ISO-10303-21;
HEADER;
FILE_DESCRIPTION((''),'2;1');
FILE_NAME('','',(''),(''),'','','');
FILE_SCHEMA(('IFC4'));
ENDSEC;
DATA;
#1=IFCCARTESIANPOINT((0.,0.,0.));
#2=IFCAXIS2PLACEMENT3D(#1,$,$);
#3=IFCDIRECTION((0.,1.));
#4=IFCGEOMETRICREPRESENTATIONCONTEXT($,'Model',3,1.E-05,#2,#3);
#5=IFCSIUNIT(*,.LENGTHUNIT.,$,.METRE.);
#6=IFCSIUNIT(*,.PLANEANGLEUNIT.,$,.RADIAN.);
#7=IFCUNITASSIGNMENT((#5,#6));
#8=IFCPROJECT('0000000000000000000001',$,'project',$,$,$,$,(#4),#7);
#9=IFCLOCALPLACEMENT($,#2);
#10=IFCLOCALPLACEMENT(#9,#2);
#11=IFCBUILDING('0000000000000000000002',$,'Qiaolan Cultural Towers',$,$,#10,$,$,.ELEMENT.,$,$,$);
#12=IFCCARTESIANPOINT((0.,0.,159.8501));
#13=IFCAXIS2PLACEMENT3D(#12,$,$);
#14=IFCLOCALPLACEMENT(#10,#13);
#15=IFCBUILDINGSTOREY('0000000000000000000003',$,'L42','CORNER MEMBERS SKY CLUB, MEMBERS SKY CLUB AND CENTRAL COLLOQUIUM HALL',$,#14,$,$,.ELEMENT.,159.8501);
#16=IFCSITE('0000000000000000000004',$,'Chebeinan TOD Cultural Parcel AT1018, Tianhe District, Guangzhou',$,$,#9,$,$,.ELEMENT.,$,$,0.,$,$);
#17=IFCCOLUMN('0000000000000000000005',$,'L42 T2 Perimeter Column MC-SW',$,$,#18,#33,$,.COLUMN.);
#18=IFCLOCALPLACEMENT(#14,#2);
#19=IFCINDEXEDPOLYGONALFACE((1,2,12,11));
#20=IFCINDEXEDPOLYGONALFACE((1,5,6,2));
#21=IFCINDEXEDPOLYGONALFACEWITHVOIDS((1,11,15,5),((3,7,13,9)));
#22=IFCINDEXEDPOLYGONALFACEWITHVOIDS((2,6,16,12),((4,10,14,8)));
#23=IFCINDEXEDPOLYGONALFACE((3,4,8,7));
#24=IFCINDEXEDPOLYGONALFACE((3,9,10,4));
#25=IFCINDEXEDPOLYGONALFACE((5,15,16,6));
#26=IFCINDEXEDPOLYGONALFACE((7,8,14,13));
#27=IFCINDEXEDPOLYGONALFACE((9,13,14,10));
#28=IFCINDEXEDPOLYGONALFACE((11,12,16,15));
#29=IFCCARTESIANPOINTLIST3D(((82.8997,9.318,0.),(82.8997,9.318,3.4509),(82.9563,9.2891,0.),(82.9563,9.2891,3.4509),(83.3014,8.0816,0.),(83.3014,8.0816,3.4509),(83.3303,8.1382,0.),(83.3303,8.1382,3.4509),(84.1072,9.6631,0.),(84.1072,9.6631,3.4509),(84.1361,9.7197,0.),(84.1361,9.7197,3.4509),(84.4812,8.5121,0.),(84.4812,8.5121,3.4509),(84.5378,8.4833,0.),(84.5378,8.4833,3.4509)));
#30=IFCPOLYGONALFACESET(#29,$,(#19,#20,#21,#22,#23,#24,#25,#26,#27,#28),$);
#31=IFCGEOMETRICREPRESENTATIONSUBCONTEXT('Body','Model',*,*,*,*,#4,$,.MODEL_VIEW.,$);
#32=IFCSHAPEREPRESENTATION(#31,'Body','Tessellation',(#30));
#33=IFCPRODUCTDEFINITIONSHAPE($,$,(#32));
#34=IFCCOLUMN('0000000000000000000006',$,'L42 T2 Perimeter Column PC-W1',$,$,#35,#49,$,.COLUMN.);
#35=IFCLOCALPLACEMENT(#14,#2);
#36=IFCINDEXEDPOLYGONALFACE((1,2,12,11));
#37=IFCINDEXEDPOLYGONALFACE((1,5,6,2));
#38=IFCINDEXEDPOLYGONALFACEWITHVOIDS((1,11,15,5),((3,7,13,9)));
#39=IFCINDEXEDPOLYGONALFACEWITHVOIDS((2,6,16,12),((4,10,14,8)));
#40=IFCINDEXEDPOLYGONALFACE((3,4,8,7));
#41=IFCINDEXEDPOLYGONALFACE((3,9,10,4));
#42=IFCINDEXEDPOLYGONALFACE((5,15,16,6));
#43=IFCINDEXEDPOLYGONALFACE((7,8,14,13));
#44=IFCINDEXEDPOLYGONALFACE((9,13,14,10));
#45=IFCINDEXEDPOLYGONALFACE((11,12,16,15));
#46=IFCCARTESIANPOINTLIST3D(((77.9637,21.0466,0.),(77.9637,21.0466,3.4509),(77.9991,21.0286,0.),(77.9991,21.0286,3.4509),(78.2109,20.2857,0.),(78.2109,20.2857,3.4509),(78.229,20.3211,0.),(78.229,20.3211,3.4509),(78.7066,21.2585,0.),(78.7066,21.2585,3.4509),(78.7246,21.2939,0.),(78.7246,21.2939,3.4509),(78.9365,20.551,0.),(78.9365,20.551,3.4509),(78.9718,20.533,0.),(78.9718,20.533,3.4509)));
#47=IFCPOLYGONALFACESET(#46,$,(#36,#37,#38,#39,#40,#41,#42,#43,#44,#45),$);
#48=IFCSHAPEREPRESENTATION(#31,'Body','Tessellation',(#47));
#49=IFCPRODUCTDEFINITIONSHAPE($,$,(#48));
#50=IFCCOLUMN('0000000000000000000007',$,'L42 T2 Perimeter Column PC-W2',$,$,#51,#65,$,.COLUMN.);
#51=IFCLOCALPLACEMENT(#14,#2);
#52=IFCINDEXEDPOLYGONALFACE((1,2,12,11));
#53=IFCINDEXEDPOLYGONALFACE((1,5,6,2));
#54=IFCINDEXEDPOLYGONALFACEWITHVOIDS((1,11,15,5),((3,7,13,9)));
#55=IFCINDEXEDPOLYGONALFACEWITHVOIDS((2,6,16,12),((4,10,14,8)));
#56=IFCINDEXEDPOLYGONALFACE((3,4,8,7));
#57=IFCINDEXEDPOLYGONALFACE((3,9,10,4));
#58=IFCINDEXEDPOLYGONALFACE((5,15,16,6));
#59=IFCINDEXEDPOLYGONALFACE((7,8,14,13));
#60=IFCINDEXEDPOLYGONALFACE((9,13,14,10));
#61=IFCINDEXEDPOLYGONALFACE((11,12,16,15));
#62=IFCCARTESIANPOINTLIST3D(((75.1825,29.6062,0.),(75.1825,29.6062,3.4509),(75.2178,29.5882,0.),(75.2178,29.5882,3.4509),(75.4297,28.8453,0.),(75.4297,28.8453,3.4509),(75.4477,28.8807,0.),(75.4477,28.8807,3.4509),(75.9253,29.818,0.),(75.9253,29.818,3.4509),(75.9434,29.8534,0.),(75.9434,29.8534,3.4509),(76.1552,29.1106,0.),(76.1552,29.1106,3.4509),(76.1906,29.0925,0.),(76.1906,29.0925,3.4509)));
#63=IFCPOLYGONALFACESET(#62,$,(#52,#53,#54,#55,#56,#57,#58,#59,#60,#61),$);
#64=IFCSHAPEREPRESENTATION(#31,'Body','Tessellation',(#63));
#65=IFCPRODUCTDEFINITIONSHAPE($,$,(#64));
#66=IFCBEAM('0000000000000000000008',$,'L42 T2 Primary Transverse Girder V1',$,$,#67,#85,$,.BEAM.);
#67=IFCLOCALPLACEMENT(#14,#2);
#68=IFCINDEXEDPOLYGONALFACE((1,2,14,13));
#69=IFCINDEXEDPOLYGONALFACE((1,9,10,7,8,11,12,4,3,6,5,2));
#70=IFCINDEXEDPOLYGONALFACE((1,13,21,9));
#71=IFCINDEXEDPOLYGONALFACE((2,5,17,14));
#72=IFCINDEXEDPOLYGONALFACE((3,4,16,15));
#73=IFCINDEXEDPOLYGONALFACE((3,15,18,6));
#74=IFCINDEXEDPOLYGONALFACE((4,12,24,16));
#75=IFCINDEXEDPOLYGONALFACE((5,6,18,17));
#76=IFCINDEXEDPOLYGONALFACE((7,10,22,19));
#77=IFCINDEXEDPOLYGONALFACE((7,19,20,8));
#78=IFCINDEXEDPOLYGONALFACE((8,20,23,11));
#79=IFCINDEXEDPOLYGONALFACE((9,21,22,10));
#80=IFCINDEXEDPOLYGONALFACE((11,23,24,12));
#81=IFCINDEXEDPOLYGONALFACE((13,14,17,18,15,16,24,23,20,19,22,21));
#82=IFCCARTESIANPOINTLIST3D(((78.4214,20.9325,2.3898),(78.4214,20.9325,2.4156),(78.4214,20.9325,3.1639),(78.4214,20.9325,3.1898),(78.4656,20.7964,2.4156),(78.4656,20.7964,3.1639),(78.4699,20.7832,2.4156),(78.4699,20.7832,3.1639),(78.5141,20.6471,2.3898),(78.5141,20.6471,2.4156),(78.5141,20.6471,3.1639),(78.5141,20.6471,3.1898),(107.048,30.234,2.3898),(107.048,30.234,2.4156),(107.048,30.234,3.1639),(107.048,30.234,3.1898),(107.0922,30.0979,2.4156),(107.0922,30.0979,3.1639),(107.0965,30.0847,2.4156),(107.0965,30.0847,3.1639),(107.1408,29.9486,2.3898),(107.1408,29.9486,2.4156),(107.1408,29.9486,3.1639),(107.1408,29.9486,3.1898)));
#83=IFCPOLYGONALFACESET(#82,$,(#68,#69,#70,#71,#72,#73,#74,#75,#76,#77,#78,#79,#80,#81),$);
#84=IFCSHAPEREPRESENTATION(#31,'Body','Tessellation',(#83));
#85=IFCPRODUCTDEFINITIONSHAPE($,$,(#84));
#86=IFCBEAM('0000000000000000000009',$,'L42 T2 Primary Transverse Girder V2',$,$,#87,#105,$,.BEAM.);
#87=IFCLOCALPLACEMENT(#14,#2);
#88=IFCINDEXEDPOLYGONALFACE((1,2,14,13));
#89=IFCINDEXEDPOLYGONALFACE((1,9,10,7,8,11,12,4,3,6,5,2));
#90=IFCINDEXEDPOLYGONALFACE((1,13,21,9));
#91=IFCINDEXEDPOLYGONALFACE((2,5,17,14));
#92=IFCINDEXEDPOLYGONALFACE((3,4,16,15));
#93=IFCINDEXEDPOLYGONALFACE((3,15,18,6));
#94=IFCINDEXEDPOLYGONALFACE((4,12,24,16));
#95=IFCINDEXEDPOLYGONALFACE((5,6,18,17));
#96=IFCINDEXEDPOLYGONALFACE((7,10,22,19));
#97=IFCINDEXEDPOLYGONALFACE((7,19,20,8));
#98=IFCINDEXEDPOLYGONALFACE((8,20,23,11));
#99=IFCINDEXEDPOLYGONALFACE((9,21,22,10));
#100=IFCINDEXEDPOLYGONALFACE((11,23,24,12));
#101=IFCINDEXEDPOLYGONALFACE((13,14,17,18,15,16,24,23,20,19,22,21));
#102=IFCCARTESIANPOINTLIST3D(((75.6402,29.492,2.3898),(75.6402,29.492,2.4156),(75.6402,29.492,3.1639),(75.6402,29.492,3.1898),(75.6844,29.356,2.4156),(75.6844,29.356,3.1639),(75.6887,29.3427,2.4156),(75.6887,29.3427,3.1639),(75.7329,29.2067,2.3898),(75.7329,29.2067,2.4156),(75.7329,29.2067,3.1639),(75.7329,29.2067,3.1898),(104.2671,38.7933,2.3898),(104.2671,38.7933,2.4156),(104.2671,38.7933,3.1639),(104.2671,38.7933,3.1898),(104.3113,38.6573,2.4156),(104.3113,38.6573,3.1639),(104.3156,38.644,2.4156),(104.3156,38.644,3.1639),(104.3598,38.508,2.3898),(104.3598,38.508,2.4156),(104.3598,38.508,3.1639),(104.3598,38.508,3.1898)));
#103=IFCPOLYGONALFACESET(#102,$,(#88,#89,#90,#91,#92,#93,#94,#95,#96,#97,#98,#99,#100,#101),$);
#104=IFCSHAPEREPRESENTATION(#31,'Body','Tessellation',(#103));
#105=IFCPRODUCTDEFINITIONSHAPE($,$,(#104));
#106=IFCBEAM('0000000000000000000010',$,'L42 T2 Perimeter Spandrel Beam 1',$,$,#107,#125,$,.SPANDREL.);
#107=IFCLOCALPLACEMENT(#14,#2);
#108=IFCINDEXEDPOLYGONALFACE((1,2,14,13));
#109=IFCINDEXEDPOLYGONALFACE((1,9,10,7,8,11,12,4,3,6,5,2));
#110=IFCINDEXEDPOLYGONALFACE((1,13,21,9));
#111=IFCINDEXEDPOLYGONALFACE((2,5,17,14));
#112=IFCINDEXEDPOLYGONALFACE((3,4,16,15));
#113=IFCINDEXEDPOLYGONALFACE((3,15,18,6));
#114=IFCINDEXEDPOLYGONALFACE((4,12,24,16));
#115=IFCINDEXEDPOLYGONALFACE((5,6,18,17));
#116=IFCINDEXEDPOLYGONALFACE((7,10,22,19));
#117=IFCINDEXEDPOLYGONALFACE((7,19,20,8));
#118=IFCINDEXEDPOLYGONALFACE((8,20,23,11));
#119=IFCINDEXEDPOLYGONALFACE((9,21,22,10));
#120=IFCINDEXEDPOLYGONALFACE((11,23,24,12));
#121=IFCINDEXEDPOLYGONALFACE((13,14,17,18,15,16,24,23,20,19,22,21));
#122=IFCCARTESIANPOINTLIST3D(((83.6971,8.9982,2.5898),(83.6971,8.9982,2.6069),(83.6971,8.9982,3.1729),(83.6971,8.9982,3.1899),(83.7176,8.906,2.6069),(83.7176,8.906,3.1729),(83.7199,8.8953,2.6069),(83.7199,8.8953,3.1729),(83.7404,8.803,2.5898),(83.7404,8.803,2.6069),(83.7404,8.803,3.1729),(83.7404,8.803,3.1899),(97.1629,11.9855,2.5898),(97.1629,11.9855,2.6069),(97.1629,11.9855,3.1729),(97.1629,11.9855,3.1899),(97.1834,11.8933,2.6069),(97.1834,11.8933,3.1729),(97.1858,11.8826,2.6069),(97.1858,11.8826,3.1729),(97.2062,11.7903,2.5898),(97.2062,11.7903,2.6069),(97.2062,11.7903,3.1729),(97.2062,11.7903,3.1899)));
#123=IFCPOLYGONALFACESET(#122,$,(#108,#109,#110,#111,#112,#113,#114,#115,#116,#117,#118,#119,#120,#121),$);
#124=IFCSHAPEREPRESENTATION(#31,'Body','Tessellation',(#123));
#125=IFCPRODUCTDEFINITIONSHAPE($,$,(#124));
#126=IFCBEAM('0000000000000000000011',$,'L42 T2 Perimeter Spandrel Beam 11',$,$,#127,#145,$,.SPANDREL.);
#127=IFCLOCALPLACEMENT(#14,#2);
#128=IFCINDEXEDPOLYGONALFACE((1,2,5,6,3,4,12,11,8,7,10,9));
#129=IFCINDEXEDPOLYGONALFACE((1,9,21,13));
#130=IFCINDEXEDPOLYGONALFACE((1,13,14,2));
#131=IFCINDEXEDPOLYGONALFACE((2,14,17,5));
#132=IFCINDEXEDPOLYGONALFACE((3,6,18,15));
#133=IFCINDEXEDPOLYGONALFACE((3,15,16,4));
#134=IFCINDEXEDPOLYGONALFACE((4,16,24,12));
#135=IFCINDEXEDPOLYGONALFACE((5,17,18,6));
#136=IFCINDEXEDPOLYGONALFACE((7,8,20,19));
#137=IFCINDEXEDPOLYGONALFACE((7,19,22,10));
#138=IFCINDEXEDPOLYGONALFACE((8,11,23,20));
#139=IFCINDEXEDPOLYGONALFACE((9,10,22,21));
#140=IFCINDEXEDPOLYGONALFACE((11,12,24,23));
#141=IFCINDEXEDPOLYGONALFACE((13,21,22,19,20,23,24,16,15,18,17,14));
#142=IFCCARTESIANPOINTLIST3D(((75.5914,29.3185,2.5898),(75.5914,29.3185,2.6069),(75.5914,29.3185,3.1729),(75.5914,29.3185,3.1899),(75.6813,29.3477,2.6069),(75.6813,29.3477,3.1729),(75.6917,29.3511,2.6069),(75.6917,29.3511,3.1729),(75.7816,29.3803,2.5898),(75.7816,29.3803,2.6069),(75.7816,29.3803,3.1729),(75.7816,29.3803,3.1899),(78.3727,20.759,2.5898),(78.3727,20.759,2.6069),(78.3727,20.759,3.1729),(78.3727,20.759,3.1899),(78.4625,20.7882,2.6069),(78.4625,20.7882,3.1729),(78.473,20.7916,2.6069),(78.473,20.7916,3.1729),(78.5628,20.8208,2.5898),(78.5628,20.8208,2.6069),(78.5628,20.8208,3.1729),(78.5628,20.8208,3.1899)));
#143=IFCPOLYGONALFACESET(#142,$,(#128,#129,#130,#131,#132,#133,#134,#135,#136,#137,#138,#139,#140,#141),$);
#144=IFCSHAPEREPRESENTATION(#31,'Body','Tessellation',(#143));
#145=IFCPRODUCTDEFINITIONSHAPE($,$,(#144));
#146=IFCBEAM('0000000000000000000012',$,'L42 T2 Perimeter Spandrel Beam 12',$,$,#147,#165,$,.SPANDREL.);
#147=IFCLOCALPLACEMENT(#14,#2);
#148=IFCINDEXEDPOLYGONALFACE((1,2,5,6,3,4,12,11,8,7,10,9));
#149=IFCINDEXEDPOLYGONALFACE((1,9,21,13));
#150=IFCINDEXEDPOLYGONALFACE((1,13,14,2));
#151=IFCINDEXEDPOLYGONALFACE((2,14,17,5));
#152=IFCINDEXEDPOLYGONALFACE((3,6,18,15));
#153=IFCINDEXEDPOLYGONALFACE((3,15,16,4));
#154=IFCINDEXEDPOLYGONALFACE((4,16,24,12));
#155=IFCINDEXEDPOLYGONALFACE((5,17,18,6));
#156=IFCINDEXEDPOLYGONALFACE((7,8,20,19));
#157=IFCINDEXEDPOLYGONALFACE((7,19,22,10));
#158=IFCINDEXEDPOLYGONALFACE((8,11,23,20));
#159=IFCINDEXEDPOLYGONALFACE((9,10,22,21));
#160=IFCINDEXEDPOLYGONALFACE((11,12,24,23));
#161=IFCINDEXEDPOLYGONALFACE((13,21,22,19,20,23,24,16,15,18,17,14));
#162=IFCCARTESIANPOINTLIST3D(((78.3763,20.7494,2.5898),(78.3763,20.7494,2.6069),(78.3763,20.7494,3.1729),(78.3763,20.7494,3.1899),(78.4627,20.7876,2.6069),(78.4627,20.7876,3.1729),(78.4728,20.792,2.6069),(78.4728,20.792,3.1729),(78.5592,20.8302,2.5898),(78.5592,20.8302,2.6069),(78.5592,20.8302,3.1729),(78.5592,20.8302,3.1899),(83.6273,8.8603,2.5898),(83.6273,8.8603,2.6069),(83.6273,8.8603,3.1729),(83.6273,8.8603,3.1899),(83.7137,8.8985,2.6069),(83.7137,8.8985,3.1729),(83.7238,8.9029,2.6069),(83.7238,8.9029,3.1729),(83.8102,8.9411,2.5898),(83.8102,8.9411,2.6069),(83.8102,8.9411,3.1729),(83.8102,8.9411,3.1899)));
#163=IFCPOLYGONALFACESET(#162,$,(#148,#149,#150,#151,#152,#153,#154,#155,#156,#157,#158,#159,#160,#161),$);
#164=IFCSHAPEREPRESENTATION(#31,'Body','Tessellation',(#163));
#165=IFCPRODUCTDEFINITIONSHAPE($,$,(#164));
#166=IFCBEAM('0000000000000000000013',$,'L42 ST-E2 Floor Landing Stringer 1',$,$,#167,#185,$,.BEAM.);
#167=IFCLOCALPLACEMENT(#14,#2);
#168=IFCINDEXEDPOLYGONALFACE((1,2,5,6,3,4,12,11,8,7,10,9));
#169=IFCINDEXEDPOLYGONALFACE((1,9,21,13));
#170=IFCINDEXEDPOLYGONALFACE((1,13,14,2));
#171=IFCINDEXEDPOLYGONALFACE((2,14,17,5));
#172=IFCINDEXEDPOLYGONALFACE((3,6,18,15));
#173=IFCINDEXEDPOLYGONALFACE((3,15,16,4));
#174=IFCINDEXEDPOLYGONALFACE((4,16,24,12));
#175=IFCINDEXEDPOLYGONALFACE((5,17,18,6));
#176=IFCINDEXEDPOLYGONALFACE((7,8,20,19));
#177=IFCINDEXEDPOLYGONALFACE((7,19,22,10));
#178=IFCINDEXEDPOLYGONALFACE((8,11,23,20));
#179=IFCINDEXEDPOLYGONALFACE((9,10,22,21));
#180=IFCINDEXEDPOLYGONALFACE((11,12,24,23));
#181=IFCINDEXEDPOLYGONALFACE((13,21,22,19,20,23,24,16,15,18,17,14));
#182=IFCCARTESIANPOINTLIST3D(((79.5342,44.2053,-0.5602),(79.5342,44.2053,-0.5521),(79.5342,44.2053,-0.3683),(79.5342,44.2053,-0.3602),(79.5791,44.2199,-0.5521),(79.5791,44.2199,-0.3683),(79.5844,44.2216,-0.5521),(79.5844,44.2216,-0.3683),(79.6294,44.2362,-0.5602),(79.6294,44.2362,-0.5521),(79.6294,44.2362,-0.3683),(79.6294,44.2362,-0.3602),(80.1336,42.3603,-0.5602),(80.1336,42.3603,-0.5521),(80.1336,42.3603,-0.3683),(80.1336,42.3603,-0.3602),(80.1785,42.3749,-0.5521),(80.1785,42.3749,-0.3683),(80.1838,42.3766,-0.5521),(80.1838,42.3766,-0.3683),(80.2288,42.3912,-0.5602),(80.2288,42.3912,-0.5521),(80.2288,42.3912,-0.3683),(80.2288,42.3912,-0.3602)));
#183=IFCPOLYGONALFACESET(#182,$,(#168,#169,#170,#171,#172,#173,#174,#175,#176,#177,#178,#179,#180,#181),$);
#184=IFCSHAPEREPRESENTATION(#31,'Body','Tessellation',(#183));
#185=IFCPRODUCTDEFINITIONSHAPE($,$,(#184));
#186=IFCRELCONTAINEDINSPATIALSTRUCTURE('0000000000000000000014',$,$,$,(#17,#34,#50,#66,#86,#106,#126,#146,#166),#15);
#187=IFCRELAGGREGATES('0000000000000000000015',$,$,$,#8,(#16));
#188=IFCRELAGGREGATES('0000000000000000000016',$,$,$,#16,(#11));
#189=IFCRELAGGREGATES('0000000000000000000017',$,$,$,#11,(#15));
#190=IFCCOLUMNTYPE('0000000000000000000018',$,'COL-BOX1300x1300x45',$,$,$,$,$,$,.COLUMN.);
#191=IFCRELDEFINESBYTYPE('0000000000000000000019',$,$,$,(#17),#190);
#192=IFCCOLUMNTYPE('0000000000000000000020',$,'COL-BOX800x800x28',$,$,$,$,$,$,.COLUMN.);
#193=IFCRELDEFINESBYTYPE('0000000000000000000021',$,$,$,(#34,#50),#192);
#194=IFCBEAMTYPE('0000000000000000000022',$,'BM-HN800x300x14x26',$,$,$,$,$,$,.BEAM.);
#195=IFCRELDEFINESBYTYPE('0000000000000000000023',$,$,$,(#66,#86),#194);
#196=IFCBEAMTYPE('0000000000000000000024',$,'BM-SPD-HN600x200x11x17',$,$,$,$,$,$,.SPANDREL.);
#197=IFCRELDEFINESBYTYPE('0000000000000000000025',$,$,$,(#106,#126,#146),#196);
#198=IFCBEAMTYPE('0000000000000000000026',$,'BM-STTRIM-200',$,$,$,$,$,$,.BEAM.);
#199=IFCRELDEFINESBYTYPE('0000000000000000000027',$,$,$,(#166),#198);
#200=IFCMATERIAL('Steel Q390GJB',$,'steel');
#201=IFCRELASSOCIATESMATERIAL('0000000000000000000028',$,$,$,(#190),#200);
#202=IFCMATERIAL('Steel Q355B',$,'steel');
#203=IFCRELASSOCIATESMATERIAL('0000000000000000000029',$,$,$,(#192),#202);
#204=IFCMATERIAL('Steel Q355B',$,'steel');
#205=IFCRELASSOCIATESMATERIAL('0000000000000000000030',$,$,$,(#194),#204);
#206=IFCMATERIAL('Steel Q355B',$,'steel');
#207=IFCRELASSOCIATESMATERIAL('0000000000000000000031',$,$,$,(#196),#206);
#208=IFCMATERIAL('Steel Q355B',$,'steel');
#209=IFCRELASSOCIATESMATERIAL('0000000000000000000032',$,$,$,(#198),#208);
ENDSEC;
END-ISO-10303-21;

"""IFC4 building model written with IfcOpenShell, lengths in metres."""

from ifc_helpers import new_model, si_unit, direction, frame, origin, origin_2d, place, context, subcontext, project, spatial, hollow_rectangle, i_section, extrude, material, material_profile, profile_set, type_object, element, save


model = new_model("IFC4")

# Units and contexts
model_context = context("Model", 3, precision=1e-05, world=origin(), true_north=direction((0.0, 1.0)))
body_context = subcontext(model_context, "Body", "Model", "MODEL_VIEW")
ifc_project = project(units=[si_unit("LENGTHUNIT", "METRE"), si_unit("PLANEANGLEUNIT", "RADIAN")], contexts=[model_context])

# Site, building, storey
site_placement = place(None, origin())
site = spatial("IfcSite", under=ifc_project, at=site_placement, Name="Chebeinan TOD Cultural Parcel AT1018, Tianhe District, Guangzhou", CompositionType="ELEMENT", RefElevation=0.0)
building_placement = place(site_placement, origin())
building = spatial("IfcBuilding", under=site, at=building_placement, Name="Qiaolan Cultural Towers", CompositionType="ELEMENT")
storey_placement = place(building_placement, frame((0.0, 0.0, 159.8501)))
storey = spatial("IfcBuildingStorey", under=building, at=storey_placement, Name="L42", Description="CORNER MEMBERS SKY CLUB, MEMBERS SKY CLUB AND CENTRAL COLLOQUIUM HALL", CompositionType="ELEMENT", Elevation=159.8501)

# Columns
ifc_material_1 = material(Name="Steel Q390GJB", Category="steel")
ifc_material_profile_1 = material_profile(ifc_material_1, hollow_rectangle(XDim=1.3, YDim=1.3, WallThickness=0.0449, at=origin_2d()), Name="BOX1300x1300x45")
ifc_profile_set_1 = profile_set([ifc_material_profile_1], Name="Steel Q390GJB")
column_type_1 = type_object("IfcColumnType", Name="COL-BOX1300x1300x45", PredefinedType="COLUMN", material=ifc_profile_set_1)
column_placement = place(storey_placement, frame((83.7188, 8.9006, 0.0), z_axis=(0.0, 0.0, 1.0), x_axis=(0.951057, 0.309017, 0.0)))
element("IfcColumn", 1, at=column_placement, inside=storey, type_object=column_type_1, Name="L42 T2 Perimeter Column MC-SW", PredefinedType="COLUMN", context=body_context, shape_type="SweptSolid", body=[
    extrude(hollow_rectangle(XDim=1.3, YDim=1.3, WallThickness=0.0449, at=origin_2d()), origin(), (0.0, 0.0, 1.0), 3.4509),
])
ifc_material_2 = material(Name="Steel Q355B", Category="steel")
ifc_material_profile_2 = material_profile(ifc_material_2, hollow_rectangle(XDim=0.8, YDim=0.8, WallThickness=0.0281, at=origin_2d()), Name="BOX800x800x28")
ifc_profile_set_2 = profile_set([ifc_material_profile_2], Name="Steel Q355B")
column_type_2 = type_object("IfcColumnType", Name="COL-BOX800x800x28", PredefinedType="COLUMN", material=ifc_profile_set_2)
for number, where, z_axis, x_axis, name in (
    (2, (78.4678, 20.7898, 0.0), (0.0, 0.0, 1.0), (0.951057, 0.309017, 0.0), "L42 T2 Perimeter Column PC-W1"),
    (3, (75.6865, 29.3494, 0.0), (0.0, 0.0, 1.0), (0.951057, 0.309017, 0.0), "L42 T2 Perimeter Column PC-W2"),
):
    element("IfcColumn", number, at=place(storey_placement, frame(where, z_axis=z_axis, x_axis=x_axis)), inside=storey, type_object=column_type_2, Name=name, PredefinedType="COLUMN", context=body_context, shape_type="SweptSolid", body=[
        extrude(hollow_rectangle(XDim=0.8, YDim=0.8, WallThickness=0.0281, at=origin_2d()), origin(), (0.0, 0.0, 1.0), 3.4509),
    ])

# Beams
ifc_material_3 = material(Name="Steel Q355B", Category="steel")
ifc_material_profile_3 = material_profile(ifc_material_3, i_section(OverallWidth=0.3, OverallDepth=0.8, WebThickness=0.0139, FlangeThickness=0.0259, at=origin_2d()), Name="HN800x300x14x26")
ifc_profile_set_3 = profile_set([ifc_material_profile_3], Name="Steel Q355B")
beam_type_1 = type_object("IfcBeamType", Name="BM-HN800x300x14x26", PredefinedType="BEAM", material=ifc_profile_set_3)
beam_1_placement = place(storey_placement, frame((78.4678, 20.7898, 2.7898), z_axis=(0.951055, 0.309021, 0.0), x_axis=(-0.309021, 0.951055, 0.0)))
element("IfcBeam", 4, at=beam_1_placement, inside=storey, type_object=beam_type_1, Name="L42 T2 Primary Transverse Girder V1", PredefinedType="BEAM", context=body_context, shape_type="SweptSolid", body=[
    extrude(i_section(OverallWidth=0.3, OverallDepth=0.8, WebThickness=0.0139, FlangeThickness=0.0259, at=origin_2d()), origin(), (0.0, 0.0, 1.0), 30.0999),
])
beam_2_placement = place(storey_placement, frame((75.6865, 29.3494, 2.7898), z_axis=(0.951058, 0.309011, 0.0), x_axis=(-0.309011, 0.951058, 0.0)))
element("IfcBeam", 5, at=beam_2_placement, inside=storey, type_object=beam_type_1, Name="L42 T2 Primary Transverse Girder V2", PredefinedType="BEAM", context=body_context, shape_type="SweptSolid", body=[
    extrude(i_section(OverallWidth=0.3, OverallDepth=0.8, WebThickness=0.0139, FlangeThickness=0.0259, at=origin_2d()), origin(), (0.0, 0.0, 1.0), 30.1001),
])
ifc_material_4 = material(Name="Steel Q355B", Category="steel")
ifc_material_profile_4 = material_profile(ifc_material_4, i_section(OverallWidth=0.2, OverallDepth=0.6001, WebThickness=0.011, FlangeThickness=0.0171, at=origin_2d()), Name="HN600x200x11x17")
ifc_profile_set_4 = profile_set([ifc_material_profile_4], Name="Steel Q355B")
beam_type_2 = type_object("IfcBeamType", Name="BM-SPD-HN600x200x11x17", PredefinedType="SPANDREL", material=ifc_profile_set_4)
beam_3_placement = place(storey_placement, frame((83.7188, 8.9006, 2.8899), z_axis=(0.976265, 0.216578, 0.0), x_axis=(-0.216578, 0.976265, 0.0)))
element("IfcBeam", 6, at=beam_3_placement, inside=storey, type_object=beam_type_2, Name="L42 T2 Perimeter Spandrel Beam 1", PredefinedType="SPANDREL", context=body_context, shape_type="SweptSolid", body=[
    extrude(i_section(OverallWidth=0.2, OverallDepth=0.6001, WebThickness=0.011, FlangeThickness=0.0171, at=origin_2d()), origin(), (0.0, 0.0, 1.0), 13.7932),
])
beam_4_placement = place(storey_placement, frame((75.6865, 29.3494, 2.8899), z_axis=(0.309025, -0.951054, 0.0), x_axis=(0.951054, 0.309025, 0.0)))
element("IfcBeam", 7, at=beam_4_placement, inside=storey, type_object=beam_type_2, Name="L42 T2 Perimeter Spandrel Beam 11", PredefinedType="SPANDREL", context=body_context, shape_type="SweptSolid", body=[
    extrude(i_section(OverallWidth=0.2, OverallDepth=0.6001, WebThickness=0.011, FlangeThickness=0.0171, at=origin_2d()), origin(), (0.0, 0.0, 1.0), 9.0),
])
beam_5_placement = place(storey_placement, frame((78.4678, 20.7898, 2.8899), z_axis=(0.404011, -0.914754, 0.0), x_axis=(0.914754, 0.404011, 0.0)))
element("IfcBeam", 8, at=beam_5_placement, inside=storey, type_object=beam_type_2, Name="L42 T2 Perimeter Spandrel Beam 12", PredefinedType="SPANDREL", context=body_context, shape_type="SweptSolid", body=[
    extrude(i_section(OverallWidth=0.2, OverallDepth=0.6001, WebThickness=0.011, FlangeThickness=0.0171, at=origin_2d()), origin(), (0.0, 0.0, 1.0), 12.9971),
])
ifc_material_5 = material(Name="Steel Q355B", Category="steel")
ifc_material_profile_5 = material_profile(ifc_material_5, i_section(OverallWidth=0.1001, OverallDepth=0.2, WebThickness=0.0056, FlangeThickness=0.0081, at=origin_2d()), Name="HN200x100x5.5x8")
ifc_profile_set_5 = profile_set([ifc_material_profile_5], Name="Steel Q355B")
beam_type_3 = type_object("IfcBeamType", Name="BM-STTRIM-200", PredefinedType="BEAM", material=ifc_profile_set_5)
for number, where, z_axis, x_axis, name in (
    (9, (80.1812, 42.3757, -0.4602), (-0.308969, 0.951072, 0.0), (-0.951072, -0.308969, 0.0), "L42 ST-E2 Floor Landing Stringer 1"),
):
    element("IfcBeam", number, at=place(storey_placement, frame(where, z_axis=z_axis, x_axis=x_axis)), inside=storey, type_object=beam_type_3, Name=name, PredefinedType="BEAM", context=body_context, shape_type="SweptSolid", body=[
        extrude(i_section(OverallWidth=0.1001, OverallDepth=0.2, WebThickness=0.0056, FlangeThickness=0.0081, at=origin_2d()), origin(), (0.0, 0.0, 1.0), 1.9399),
    ])

save(model, "model.ifc")
